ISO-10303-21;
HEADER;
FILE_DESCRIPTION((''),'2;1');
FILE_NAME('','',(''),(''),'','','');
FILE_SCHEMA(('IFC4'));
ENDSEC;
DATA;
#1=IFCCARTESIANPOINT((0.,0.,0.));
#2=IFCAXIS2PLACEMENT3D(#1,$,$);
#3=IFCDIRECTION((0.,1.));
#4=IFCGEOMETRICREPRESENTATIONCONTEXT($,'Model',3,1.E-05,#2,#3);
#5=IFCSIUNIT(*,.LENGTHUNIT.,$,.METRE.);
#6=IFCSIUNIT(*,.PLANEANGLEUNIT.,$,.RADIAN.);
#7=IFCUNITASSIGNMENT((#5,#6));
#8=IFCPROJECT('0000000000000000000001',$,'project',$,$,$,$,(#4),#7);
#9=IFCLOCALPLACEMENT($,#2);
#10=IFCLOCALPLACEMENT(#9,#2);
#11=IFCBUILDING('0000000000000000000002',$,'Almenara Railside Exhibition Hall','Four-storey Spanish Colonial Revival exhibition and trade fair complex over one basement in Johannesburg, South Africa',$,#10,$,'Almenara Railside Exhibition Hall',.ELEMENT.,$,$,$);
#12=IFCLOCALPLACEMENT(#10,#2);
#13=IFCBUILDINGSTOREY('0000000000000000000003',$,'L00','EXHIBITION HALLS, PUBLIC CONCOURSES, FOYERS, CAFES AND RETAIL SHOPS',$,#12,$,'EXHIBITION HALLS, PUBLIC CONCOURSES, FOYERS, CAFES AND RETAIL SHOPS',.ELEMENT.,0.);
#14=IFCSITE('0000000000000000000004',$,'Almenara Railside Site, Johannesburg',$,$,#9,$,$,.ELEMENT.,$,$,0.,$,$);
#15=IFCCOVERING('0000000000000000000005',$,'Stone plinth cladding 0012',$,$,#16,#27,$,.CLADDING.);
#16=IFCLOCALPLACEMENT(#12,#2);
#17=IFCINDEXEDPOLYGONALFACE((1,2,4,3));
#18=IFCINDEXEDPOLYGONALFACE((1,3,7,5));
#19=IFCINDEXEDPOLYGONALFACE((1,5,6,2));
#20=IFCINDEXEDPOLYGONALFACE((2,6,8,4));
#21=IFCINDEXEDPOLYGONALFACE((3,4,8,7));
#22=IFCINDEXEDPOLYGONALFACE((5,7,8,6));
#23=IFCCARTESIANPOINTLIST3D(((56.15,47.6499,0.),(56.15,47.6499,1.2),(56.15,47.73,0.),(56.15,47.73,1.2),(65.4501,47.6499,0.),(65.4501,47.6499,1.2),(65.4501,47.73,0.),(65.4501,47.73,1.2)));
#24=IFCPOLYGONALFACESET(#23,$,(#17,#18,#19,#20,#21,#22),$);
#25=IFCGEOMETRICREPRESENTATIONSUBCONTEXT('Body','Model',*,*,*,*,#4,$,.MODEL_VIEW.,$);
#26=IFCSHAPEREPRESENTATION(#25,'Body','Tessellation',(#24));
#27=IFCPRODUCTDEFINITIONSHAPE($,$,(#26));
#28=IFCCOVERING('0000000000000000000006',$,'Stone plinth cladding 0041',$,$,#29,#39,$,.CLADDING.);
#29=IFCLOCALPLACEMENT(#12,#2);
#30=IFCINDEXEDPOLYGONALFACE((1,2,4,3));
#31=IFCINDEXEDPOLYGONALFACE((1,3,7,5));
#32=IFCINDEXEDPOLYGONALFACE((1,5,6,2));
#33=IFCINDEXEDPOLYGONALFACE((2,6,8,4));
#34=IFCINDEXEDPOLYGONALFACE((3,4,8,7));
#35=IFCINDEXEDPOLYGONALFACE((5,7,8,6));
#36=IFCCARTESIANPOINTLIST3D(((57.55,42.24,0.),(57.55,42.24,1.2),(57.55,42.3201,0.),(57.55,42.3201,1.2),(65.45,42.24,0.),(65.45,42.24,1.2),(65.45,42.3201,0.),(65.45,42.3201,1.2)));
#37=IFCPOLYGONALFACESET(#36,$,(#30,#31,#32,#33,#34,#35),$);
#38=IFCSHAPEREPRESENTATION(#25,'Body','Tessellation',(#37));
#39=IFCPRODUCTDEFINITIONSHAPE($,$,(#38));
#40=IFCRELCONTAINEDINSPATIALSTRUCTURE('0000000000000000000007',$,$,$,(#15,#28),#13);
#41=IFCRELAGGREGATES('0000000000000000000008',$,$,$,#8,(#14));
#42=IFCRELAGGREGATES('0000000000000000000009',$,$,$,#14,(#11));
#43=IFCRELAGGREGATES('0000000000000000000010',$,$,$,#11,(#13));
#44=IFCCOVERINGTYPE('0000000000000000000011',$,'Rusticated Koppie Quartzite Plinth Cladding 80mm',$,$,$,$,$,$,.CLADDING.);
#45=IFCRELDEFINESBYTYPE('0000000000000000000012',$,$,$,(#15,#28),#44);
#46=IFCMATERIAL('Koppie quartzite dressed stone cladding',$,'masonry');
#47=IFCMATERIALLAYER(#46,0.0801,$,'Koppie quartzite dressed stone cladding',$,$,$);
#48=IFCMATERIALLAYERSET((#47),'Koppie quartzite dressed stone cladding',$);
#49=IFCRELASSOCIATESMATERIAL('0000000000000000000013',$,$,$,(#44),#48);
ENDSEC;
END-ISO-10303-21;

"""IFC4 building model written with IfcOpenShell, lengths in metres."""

from ifc_helpers import new_model, si_unit, direction, frame, origin, origin_2d, place, context, subcontext, project, spatial, rectangle, extrude, material, layer, layer_set, type_object, element, save


model = new_model("IFC4")

# Units and contexts
model_context = context("Model", 3, precision=1e-05, world=origin(), true_north=direction((0.0, 1.0)))
body_context = subcontext(model_context, "Body", "Model", "MODEL_VIEW")
ifc_project = project(units=[si_unit("LENGTHUNIT", "METRE"), si_unit("PLANEANGLEUNIT", "RADIAN")], contexts=[model_context])

# Site, building, storey
site_placement = place(None, origin())
site = spatial("IfcSite", under=ifc_project, at=site_placement, Name="Almenara Railside Site, Johannesburg", CompositionType="ELEMENT", RefElevation=0.0)
building_placement = place(site_placement, origin())
building = spatial("IfcBuilding", under=site, at=building_placement, Name="Almenara Railside Exhibition Hall", Description="Four-storey Spanish Colonial Revival exhibition and trade fair complex over one basement in Johannesburg, South Africa", LongName="Almenara Railside Exhibition Hall", CompositionType="ELEMENT")
storey_placement = place(building_placement, origin())
storey = spatial("IfcBuildingStorey", under=building, at=storey_placement, Name="L00", Description="EXHIBITION HALLS, PUBLIC CONCOURSES, FOYERS, CAFES AND RETAIL SHOPS", LongName="EXHIBITION HALLS, PUBLIC CONCOURSES, FOYERS, CAFES AND RETAIL SHOPS", CompositionType="ELEMENT", Elevation=0.0)

# Coverings
ifc_material_1 = material(Name="Koppie quartzite dressed stone cladding", Category="masonry")
ifc_layer_1 = layer(ifc_material_1, 0.0801, Name="Koppie quartzite dressed stone cladding")
ifc_layer_set_1 = layer_set([ifc_layer_1], Name="Koppie quartzite dressed stone cladding")
covering_type = type_object("IfcCoveringType", Name="Rusticated Koppie Quartzite Plinth Cladding 80mm", PredefinedType="CLADDING", material=ifc_layer_set_1)
covering_1_placement = place(storey_placement, frame((60.8, 47.6899, 0.0), z_axis=(0.0, 0.0, 1.0), x_axis=(1.0, 0.0, 0.0)))
element("IfcCovering", 1, at=covering_1_placement, inside=storey, type_object=covering_type, Name="Stone plinth cladding 0012", PredefinedType="CLADDING", context=body_context, shape_type="SweptSolid", body=[
    extrude(rectangle(XDim=9.3, YDim=0.0801, at=origin_2d()), origin(), (0.0, 0.0, 1.0), 1.2),
])
covering_2_placement = place(storey_placement, frame((61.5, 42.28, 0.0), z_axis=(0.0, 0.0, 1.0), x_axis=(-1.0, 0.0, 0.0)))
element("IfcCovering", 2, at=covering_2_placement, inside=storey, type_object=covering_type, Name="Stone plinth cladding 0041", PredefinedType="CLADDING", context=body_context, shape_type="SweptSolid", body=[
    extrude(rectangle(XDim=7.8999, YDim=0.0801, at=origin_2d()), origin(), (0.0, 0.0, 1.0), 1.2),
])

save(model, "model.ifc")
